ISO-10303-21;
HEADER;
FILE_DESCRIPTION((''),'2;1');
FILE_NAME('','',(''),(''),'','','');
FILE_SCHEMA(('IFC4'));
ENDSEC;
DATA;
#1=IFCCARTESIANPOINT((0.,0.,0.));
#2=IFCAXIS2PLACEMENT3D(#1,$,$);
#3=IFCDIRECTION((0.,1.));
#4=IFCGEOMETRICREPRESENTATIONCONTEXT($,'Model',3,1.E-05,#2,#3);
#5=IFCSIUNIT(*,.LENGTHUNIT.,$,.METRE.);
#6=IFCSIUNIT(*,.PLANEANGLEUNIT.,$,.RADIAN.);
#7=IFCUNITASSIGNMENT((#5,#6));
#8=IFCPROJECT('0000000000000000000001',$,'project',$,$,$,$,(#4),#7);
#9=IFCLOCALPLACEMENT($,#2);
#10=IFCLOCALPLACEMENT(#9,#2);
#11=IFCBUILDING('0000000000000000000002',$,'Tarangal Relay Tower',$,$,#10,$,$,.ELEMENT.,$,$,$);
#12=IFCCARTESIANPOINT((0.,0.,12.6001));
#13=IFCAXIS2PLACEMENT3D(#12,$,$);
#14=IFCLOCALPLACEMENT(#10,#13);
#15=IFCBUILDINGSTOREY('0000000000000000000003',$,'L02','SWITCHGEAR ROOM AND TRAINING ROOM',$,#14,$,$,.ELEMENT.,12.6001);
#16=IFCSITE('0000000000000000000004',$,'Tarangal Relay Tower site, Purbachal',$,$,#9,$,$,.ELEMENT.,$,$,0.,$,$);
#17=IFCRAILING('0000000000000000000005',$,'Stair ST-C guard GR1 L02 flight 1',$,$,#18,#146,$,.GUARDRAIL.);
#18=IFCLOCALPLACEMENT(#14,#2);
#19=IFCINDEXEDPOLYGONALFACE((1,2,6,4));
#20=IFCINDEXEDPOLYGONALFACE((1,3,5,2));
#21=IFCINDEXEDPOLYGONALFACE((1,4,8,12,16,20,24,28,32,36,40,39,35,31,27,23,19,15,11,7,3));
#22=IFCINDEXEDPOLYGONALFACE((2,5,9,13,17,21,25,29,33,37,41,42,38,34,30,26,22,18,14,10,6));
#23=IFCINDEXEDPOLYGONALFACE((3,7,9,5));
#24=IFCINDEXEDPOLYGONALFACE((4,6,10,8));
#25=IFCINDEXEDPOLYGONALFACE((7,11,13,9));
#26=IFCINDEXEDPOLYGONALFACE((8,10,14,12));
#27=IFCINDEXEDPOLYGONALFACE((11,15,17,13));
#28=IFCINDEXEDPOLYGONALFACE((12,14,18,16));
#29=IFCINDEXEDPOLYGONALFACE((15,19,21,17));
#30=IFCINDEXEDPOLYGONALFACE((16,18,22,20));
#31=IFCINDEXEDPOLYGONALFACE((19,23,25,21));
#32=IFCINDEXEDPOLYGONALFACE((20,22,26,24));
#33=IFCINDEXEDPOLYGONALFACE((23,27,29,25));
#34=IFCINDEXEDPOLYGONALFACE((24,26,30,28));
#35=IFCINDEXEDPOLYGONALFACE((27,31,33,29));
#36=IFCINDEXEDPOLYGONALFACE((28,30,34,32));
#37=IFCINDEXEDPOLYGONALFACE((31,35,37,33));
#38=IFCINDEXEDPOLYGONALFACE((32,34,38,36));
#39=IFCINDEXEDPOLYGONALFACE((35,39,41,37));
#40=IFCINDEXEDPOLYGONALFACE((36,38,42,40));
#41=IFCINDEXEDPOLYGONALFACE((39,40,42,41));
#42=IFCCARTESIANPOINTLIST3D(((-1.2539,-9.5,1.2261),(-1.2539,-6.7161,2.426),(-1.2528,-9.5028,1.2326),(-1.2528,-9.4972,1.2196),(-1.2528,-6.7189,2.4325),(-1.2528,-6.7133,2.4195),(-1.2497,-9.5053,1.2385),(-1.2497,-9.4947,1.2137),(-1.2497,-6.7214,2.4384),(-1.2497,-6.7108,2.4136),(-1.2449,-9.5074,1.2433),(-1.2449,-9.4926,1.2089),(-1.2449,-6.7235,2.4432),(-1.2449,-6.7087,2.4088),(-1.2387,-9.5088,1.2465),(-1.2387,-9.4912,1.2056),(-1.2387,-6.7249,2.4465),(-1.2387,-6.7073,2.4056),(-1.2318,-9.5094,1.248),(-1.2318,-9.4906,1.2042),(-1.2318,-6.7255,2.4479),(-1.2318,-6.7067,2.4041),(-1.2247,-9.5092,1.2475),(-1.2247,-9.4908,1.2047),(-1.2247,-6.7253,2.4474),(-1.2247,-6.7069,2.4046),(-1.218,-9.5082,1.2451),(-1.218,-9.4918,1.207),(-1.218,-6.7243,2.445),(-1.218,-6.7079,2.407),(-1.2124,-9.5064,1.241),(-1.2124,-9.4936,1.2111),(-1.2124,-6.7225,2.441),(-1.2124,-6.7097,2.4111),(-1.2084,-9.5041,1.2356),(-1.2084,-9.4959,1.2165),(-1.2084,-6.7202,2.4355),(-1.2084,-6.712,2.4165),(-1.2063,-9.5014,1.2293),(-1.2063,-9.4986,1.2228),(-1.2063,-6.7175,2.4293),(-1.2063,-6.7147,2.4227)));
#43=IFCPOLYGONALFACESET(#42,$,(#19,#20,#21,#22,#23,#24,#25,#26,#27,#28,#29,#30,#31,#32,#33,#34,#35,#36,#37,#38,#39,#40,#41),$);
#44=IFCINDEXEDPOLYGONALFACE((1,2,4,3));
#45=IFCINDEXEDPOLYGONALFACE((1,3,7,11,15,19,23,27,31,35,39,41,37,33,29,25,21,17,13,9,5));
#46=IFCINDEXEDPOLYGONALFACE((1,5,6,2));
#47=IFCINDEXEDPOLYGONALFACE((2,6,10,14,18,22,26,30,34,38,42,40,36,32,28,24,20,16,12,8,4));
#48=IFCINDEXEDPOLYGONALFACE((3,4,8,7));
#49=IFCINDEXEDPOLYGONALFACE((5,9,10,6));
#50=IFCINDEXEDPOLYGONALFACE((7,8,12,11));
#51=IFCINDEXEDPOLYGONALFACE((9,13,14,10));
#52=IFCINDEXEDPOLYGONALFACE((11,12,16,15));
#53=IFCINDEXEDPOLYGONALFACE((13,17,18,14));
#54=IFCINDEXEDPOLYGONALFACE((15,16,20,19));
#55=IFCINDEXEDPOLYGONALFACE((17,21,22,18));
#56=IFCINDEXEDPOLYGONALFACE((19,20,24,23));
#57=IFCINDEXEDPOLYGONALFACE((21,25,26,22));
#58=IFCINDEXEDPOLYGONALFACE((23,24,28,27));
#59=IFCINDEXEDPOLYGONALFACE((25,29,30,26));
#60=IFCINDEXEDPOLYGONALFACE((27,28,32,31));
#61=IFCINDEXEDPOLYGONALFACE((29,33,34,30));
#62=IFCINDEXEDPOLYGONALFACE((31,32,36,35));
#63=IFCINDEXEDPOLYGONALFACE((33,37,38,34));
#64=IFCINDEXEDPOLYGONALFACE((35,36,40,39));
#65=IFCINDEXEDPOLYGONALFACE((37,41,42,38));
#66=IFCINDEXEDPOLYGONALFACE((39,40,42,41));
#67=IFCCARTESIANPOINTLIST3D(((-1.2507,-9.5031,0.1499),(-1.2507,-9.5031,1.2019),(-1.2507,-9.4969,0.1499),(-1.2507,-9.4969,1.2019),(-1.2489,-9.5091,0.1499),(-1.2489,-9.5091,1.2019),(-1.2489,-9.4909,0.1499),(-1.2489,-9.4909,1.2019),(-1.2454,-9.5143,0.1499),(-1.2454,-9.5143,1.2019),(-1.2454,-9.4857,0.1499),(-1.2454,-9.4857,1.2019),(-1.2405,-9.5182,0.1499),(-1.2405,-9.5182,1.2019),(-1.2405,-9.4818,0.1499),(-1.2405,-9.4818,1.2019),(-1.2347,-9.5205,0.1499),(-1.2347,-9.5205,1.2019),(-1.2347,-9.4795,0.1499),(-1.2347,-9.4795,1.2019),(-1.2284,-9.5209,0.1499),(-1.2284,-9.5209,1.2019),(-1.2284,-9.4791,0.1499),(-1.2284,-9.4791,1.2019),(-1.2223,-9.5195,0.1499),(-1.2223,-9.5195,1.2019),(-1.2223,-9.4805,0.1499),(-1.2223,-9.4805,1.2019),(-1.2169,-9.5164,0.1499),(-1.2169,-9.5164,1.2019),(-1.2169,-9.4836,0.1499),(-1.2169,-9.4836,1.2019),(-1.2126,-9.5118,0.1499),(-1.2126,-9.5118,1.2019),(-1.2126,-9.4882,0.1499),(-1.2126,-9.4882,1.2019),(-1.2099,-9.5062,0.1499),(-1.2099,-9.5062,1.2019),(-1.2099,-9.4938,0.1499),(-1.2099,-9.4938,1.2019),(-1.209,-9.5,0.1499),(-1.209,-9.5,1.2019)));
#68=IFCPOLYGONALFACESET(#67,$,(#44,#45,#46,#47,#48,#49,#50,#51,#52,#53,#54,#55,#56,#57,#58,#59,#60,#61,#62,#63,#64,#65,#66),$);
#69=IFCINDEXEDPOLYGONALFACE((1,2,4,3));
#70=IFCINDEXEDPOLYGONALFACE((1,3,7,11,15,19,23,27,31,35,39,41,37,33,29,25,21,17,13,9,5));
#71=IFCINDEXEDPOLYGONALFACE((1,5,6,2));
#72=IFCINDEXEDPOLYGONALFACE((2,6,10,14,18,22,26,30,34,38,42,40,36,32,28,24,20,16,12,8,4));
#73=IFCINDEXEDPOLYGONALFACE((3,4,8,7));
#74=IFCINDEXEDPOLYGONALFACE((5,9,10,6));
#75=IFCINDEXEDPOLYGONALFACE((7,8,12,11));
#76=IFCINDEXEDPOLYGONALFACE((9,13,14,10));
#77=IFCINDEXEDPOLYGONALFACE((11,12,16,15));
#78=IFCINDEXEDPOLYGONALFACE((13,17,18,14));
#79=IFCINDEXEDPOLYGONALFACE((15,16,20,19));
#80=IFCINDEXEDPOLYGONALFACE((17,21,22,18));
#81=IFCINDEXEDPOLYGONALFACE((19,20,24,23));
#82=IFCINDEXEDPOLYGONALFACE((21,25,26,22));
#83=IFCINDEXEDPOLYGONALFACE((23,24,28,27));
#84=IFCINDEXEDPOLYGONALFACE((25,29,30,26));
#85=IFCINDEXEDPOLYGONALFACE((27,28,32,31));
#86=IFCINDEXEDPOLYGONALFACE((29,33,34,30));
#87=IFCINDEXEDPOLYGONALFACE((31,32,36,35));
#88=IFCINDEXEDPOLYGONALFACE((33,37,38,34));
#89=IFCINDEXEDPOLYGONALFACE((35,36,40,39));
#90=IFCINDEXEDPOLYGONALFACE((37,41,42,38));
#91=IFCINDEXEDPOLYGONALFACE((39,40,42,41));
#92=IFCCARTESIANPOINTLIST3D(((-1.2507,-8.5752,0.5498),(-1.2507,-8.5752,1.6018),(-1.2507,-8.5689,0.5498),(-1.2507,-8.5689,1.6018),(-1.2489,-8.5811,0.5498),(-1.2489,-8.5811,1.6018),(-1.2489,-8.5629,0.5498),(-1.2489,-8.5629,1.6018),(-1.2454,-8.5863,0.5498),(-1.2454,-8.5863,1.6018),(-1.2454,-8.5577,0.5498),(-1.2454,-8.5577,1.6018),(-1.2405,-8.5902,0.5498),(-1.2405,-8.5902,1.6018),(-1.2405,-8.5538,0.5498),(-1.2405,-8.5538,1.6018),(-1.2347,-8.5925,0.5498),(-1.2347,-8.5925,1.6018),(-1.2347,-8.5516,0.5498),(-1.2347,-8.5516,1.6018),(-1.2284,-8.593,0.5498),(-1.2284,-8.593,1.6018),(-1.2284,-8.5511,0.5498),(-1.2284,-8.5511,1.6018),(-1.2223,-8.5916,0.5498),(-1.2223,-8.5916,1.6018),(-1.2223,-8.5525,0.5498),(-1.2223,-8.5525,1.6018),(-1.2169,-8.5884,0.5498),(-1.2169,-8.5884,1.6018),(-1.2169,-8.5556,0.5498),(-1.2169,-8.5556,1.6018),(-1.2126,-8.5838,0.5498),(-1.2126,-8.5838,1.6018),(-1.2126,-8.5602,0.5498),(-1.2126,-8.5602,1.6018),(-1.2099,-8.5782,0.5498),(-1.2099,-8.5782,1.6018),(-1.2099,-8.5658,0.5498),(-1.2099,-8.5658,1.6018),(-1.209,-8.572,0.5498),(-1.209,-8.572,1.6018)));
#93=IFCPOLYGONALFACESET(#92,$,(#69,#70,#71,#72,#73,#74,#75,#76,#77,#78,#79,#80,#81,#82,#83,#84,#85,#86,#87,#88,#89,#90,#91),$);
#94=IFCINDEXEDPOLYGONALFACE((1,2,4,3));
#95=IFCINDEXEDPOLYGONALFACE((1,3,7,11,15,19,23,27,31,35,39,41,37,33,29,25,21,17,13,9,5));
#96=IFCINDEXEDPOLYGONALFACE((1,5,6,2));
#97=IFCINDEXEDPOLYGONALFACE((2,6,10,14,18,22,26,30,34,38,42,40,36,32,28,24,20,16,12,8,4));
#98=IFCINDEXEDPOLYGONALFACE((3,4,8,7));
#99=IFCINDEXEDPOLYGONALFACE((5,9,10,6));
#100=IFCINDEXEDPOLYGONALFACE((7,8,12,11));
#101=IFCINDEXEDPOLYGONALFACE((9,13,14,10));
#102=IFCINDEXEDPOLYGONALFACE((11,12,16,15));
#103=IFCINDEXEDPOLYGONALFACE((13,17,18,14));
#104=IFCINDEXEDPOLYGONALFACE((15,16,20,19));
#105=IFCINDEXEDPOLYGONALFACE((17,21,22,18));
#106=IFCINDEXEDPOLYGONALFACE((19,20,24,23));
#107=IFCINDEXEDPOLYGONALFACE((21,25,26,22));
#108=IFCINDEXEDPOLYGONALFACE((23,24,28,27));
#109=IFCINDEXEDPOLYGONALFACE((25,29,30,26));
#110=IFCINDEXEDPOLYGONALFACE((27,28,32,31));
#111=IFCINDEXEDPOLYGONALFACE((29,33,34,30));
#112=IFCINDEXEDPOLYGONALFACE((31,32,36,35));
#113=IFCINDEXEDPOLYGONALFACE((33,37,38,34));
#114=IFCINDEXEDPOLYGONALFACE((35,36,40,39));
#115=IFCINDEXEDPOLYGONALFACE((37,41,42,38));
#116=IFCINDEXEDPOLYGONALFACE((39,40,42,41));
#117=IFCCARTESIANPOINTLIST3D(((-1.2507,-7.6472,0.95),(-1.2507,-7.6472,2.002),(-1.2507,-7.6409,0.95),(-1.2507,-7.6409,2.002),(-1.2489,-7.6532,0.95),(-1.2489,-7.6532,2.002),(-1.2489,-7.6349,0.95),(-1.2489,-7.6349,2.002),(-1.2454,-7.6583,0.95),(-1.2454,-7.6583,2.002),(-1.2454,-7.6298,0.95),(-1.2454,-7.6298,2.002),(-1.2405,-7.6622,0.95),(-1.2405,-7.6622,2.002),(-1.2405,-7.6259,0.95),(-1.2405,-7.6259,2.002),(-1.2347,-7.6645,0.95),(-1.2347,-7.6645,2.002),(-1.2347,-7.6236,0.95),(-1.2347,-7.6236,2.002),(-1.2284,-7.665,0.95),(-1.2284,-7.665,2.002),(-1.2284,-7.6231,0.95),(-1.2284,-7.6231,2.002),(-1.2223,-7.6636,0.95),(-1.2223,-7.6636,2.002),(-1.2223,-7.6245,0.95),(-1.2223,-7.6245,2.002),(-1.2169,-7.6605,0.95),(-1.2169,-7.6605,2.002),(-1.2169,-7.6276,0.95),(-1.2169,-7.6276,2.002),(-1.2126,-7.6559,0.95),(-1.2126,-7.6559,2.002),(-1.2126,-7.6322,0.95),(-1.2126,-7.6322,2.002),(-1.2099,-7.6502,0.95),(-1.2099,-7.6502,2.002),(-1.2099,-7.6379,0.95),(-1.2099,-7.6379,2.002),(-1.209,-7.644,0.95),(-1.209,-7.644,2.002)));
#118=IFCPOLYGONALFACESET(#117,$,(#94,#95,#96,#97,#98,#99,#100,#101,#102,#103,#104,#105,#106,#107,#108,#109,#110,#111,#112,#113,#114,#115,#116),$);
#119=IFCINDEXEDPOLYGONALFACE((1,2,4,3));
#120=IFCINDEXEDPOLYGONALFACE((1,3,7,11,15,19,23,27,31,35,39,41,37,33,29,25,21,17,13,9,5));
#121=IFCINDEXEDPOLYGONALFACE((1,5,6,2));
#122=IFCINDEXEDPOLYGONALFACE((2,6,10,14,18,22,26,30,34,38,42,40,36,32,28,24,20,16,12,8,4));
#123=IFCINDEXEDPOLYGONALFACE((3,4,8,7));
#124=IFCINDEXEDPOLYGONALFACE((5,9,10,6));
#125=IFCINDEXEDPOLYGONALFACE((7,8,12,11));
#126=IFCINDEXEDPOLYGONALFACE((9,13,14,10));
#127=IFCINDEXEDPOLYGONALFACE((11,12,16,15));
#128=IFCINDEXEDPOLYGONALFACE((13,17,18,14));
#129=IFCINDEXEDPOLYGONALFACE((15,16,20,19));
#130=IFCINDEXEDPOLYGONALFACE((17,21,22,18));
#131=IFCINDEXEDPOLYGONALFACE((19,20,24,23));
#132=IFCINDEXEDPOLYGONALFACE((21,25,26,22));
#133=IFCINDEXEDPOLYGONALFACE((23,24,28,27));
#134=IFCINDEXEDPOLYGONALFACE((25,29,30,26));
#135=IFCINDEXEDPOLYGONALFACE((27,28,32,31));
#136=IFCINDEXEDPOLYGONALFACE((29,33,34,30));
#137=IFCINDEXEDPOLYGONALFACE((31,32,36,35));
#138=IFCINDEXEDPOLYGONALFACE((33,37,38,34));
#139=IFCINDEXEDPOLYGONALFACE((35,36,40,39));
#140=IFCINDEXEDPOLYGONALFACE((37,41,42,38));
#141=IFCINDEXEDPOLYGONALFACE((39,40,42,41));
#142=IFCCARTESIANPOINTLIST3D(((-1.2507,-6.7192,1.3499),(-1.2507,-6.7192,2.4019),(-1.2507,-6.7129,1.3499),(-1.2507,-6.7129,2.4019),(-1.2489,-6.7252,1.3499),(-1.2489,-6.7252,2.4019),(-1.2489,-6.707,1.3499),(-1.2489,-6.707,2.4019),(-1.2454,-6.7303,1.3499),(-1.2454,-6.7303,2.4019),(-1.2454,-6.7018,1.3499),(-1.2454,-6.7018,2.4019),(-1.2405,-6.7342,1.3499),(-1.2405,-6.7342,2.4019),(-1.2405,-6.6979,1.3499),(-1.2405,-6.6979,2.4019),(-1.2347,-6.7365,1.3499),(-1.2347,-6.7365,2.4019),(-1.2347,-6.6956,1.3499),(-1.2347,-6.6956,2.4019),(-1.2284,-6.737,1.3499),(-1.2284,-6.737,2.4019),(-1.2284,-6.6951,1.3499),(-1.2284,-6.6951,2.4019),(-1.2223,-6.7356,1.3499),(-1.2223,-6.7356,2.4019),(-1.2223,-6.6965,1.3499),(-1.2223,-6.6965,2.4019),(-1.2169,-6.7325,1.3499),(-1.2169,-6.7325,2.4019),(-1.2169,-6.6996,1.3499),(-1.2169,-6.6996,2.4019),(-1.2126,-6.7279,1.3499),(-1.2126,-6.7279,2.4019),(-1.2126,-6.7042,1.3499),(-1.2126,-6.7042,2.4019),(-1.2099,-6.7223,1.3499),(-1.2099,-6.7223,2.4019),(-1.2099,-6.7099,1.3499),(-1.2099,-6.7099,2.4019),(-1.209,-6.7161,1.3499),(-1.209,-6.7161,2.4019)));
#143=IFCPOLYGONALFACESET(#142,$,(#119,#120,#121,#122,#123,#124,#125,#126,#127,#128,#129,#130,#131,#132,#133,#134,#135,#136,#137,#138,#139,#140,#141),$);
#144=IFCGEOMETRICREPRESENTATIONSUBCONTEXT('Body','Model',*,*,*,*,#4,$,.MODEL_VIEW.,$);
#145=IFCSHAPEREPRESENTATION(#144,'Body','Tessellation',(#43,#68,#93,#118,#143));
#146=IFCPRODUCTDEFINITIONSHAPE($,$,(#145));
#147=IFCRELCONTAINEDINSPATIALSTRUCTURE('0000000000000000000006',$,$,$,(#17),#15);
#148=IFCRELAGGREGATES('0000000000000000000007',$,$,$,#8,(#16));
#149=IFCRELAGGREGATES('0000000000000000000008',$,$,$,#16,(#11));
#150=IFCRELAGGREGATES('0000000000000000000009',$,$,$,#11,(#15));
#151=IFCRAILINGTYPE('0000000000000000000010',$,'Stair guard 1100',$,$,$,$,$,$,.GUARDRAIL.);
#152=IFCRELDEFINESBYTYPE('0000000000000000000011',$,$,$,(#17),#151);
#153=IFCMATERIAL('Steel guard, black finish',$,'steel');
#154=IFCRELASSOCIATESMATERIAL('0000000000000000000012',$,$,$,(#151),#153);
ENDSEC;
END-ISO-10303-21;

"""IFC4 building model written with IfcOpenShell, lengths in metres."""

from ifc_helpers import new_model, si_unit, direction, frame, origin, origin_2d, place, context, subcontext, project, spatial, circle, extrude, material, type_object, element, save


model = new_model("IFC4")

# Units and contexts
model_context = context("Model", 3, precision=1e-05, world=origin(), true_north=direction((0.0, 1.0)))
body_context = subcontext(model_context, "Body", "Model", "MODEL_VIEW")
ifc_project = project(units=[si_unit("LENGTHUNIT", "METRE"), si_unit("PLANEANGLEUNIT", "RADIAN")], contexts=[model_context])

# Site, building, storey
site_placement = place(None, origin())
site = spatial("IfcSite", under=ifc_project, at=site_placement, Name="Tarangal Relay Tower site, Purbachal", CompositionType="ELEMENT", RefElevation=0.0)
building_placement = place(site_placement, origin())
building = spatial("IfcBuilding", under=site, at=building_placement, Name="Tarangal Relay Tower", CompositionType="ELEMENT")
storey_placement = place(building_placement, frame((0.0, 0.0, 12.6001)))
storey = spatial("IfcBuildingStorey", under=building, at=storey_placement, Name="L02", Description="SWITCHGEAR ROOM AND TRAINING ROOM", CompositionType="ELEMENT", Elevation=12.6001)

# Railing
ifc_material_1 = material(Name="Steel guard, black finish", Category="steel")
railing_type_1 = type_object("IfcRailingType", Name="Stair guard 1100", PredefinedType="GUARDRAIL", material=ifc_material_1)
for number, where, name in (
    (1, (-1.23, -9.5, 0.1499), "Stair ST-C guard GR1 L02 flight 1"),
):
    element("IfcRailing", number, at=place(storey_placement, frame(where)), inside=storey, type_object=railing_type_1, Name=name, PredefinedType="GUARDRAIL", context=body_context, shape_type="SweptSolid", body=[
        extrude(circle(Radius=0.0239, at=origin_2d()), frame((0.0, 0.0, 1.0762), z_axis=(0.0, 0.918327, 0.395823), x_axis=(-1.0, 0.0, 0.0)), (0.0, 0.0, 1.0), 3.0315),
        extrude(circle(Radius=0.021, at=origin_2d()), origin(), (0.0, 0.0, 1.0), 1.052),
        extrude(circle(Radius=0.021, at=origin_2d()), frame((0.0, 0.928, 0.3999)), (0.0, 0.0, 1.0), 1.052),
        extrude(circle(Radius=0.021, at=origin_2d()), frame((0.0, 1.856, 0.8)), (0.0, 0.0, 1.0), 1.052),
        extrude(circle(Radius=0.021, at=origin_2d()), frame((0.0, 2.7839, 1.2)), (0.0, 0.0, 1.0), 1.052),
    ])

save(model, "model.ifc")
